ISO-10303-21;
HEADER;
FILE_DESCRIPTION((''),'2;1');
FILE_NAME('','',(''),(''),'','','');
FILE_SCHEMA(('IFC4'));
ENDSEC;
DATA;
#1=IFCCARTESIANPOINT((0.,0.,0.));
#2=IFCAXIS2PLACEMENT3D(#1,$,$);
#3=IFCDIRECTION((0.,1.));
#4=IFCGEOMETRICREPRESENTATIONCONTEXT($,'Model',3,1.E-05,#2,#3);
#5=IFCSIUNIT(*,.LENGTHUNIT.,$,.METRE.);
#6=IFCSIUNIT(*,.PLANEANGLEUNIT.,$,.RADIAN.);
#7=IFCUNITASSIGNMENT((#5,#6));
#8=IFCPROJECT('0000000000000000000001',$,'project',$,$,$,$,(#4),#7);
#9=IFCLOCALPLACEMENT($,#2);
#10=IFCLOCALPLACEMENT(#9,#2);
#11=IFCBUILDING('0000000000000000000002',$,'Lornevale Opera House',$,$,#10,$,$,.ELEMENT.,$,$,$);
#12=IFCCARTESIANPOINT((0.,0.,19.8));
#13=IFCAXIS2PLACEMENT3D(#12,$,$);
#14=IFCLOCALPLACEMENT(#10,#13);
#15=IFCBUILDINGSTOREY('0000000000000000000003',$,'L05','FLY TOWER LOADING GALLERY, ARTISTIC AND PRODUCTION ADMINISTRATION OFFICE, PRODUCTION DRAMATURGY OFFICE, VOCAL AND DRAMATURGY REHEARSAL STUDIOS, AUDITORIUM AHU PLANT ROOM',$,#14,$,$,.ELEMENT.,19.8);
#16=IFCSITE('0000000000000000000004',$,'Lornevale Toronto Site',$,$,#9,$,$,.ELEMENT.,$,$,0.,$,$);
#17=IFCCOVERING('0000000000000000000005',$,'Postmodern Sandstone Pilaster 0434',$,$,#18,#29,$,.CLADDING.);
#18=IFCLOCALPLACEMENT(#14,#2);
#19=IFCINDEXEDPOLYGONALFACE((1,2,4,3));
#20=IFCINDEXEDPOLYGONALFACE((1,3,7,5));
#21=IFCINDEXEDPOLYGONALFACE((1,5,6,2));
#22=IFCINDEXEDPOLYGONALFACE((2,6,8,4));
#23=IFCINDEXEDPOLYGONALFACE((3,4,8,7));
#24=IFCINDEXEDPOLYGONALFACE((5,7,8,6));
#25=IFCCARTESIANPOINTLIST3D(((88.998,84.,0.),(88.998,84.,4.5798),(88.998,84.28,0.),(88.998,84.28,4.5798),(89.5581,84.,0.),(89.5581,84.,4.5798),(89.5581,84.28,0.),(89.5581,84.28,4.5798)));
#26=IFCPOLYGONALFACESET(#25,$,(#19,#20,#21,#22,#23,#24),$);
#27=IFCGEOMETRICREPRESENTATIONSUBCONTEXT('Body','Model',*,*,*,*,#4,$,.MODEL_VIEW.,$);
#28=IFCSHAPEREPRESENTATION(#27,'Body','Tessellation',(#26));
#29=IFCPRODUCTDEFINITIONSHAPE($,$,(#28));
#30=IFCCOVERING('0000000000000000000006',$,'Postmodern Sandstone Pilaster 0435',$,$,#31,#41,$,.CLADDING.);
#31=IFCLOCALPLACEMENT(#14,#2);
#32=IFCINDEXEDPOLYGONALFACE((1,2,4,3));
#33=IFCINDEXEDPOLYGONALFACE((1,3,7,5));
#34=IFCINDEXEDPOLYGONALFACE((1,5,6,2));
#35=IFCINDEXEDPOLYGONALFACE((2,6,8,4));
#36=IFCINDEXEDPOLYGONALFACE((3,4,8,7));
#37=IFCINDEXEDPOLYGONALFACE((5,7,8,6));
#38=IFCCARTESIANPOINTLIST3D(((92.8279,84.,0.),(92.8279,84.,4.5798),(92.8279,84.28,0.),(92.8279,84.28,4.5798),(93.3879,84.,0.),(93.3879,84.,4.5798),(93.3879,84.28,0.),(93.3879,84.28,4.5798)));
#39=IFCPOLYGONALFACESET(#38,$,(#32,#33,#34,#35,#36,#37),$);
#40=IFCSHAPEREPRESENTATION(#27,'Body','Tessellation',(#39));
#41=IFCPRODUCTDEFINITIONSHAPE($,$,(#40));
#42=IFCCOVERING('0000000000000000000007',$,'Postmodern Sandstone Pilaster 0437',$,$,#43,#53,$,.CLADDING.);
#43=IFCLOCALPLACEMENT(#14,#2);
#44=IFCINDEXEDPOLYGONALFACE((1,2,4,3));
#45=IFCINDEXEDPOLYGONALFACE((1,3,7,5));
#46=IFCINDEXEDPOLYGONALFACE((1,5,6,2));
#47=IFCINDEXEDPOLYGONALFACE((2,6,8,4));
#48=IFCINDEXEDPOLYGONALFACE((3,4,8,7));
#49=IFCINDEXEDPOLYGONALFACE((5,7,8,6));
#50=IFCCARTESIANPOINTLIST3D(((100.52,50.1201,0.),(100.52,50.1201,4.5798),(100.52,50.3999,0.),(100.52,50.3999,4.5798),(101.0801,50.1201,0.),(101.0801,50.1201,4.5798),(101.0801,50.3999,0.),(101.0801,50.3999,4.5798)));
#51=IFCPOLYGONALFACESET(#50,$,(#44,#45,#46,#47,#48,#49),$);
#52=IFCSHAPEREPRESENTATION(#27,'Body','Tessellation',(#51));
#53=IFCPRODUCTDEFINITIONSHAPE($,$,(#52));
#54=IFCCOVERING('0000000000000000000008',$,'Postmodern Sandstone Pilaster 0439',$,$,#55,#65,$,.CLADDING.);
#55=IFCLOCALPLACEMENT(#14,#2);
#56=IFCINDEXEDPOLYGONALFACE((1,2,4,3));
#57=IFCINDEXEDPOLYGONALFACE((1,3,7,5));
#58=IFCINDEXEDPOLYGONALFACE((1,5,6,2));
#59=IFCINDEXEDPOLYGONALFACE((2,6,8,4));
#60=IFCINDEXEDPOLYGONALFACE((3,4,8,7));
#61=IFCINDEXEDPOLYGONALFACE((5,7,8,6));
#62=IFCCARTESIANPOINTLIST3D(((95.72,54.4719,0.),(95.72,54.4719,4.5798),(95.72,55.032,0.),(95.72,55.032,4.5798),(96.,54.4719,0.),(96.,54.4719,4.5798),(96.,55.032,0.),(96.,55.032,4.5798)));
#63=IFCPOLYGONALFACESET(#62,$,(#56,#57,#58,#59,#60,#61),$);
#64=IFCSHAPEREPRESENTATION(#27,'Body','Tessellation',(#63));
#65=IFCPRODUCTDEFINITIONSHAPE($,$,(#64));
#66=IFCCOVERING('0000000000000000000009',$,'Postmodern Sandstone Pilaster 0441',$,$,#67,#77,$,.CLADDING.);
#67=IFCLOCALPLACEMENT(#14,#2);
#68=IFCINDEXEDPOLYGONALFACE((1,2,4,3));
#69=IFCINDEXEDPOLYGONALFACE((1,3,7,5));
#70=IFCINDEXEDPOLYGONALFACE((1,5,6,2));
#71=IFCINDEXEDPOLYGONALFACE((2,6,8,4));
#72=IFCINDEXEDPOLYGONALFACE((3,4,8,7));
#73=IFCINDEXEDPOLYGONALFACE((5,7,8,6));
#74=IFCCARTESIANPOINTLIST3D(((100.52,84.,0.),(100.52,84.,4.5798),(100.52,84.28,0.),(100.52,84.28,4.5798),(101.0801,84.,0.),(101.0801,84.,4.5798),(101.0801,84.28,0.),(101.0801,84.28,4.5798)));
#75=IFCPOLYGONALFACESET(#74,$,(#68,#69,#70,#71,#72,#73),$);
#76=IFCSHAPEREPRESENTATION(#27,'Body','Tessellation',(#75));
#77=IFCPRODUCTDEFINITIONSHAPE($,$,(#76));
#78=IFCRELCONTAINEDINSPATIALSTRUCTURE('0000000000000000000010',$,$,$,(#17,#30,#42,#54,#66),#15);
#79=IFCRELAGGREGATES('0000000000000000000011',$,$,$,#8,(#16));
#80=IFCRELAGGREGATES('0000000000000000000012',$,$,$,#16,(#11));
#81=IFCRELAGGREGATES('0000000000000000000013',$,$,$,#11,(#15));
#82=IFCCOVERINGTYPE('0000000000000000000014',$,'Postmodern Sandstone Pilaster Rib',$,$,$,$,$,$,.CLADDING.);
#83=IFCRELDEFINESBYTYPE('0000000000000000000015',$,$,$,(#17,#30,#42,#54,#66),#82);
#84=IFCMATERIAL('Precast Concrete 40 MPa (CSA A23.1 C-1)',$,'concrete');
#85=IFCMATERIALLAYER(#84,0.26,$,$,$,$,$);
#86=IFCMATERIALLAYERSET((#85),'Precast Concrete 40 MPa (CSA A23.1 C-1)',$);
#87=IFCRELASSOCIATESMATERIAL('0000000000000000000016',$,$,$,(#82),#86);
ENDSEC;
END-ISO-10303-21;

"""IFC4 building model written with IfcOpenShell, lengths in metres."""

from ifc_helpers import new_model, si_unit, direction, frame, origin, place, context, subcontext, project, spatial, polyline, outline, extrude, material, layer, layer_set, type_object, element, save


model = new_model("IFC4")

# Units and contexts
model_context = context("Model", 3, precision=1e-05, world=origin(), true_north=direction((0.0, 1.0)))
body_context = subcontext(model_context, "Body", "Model", "MODEL_VIEW")
ifc_project = project(units=[si_unit("LENGTHUNIT", "METRE"), si_unit("PLANEANGLEUNIT", "RADIAN")], contexts=[model_context])

# Site, building, storey
site_placement = place(None, origin())
site = spatial("IfcSite", under=ifc_project, at=site_placement, Name="Lornevale Toronto Site", CompositionType="ELEMENT", RefElevation=0.0)
building_placement = place(site_placement, origin())
building = spatial("IfcBuilding", under=site, at=building_placement, Name="Lornevale Opera House", CompositionType="ELEMENT")
storey_placement = place(building_placement, frame((0.0, 0.0, 19.8)))
storey = spatial("IfcBuildingStorey", under=building, at=storey_placement, Name="L05", Description="FLY TOWER LOADING GALLERY, ARTISTIC AND PRODUCTION ADMINISTRATION OFFICE, PRODUCTION DRAMATURGY OFFICE, VOCAL AND DRAMATURGY REHEARSAL STUDIOS, AUDITORIUM AHU PLANT ROOM", CompositionType="ELEMENT", Elevation=19.8)

# Coverings
ifc_material_1 = material(Name="Precast Concrete 40 MPa (CSA A23.1 C-1)", Category="concrete")
ifc_layer_1 = layer(ifc_material_1, 0.26)
ifc_layer_set_1 = layer_set([ifc_layer_1], Name="Precast Concrete 40 MPa (CSA A23.1 C-1)")
covering_type = type_object("IfcCoveringType", Name="Postmodern Sandstone Pilaster Rib", PredefinedType="CLADDING", material=ifc_layer_set_1)
covering_1_placement = place(storey_placement, origin())
element("IfcCovering", 1, at=covering_1_placement, inside=storey, type_object=covering_type, Name="Postmodern Sandstone Pilaster 0434", PredefinedType="CLADDING", context=body_context, shape_type="SweptSolid", body=[
    extrude(outline(polyline([(88.998, 84.0), (89.5581, 84.0), (89.5581, 84.28), (88.998, 84.28), (88.998, 84.0)])), origin(), (0.0, 0.0, 1.0), 4.5798),
])
covering_2_placement = place(storey_placement, origin())
element("IfcCovering", 2, at=covering_2_placement, inside=storey, type_object=covering_type, Name="Postmodern Sandstone Pilaster 0435", PredefinedType="CLADDING", context=body_context, shape_type="SweptSolid", body=[
    extrude(outline(polyline([(92.8279, 84.0), (93.3879, 84.0), (93.3879, 84.28), (92.8279, 84.28), (92.8279, 84.0)])), origin(), (0.0, 0.0, 1.0), 4.5798),
])
covering_3_placement = place(storey_placement, origin())
element("IfcCovering", 3, at=covering_3_placement, inside=storey, type_object=covering_type, Name="Postmodern Sandstone Pilaster 0437", PredefinedType="CLADDING", context=body_context, shape_type="SweptSolid", body=[
    extrude(outline(polyline([(101.0801, 50.3999), (100.52, 50.3999), (100.52, 50.1201), (101.0801, 50.1201), (101.0801, 50.3999)])), origin(), (0.0, 0.0, 1.0), 4.5798),
])
covering_4_placement = place(storey_placement, origin())
element("IfcCovering", 4, at=covering_4_placement, inside=storey, type_object=covering_type, Name="Postmodern Sandstone Pilaster 0439", PredefinedType="CLADDING", context=body_context, shape_type="SweptSolid", body=[
    extrude(outline(polyline([(96.0, 54.4719), (96.0, 55.032), (95.72, 55.032), (95.72, 54.4719), (96.0, 54.4719)])), origin(), (0.0, 0.0, 1.0), 4.5798),
])
covering_5_placement = place(storey_placement, origin())
element("IfcCovering", 5, at=covering_5_placement, inside=storey, type_object=covering_type, Name="Postmodern Sandstone Pilaster 0441", PredefinedType="CLADDING", context=body_context, shape_type="SweptSolid", body=[
    extrude(outline(polyline([(100.52, 84.0), (101.0801, 84.0), (101.0801, 84.28), (100.52, 84.28), (100.52, 84.0)])), origin(), (0.0, 0.0, 1.0), 4.5798),
])

save(model, "model.ifc")
